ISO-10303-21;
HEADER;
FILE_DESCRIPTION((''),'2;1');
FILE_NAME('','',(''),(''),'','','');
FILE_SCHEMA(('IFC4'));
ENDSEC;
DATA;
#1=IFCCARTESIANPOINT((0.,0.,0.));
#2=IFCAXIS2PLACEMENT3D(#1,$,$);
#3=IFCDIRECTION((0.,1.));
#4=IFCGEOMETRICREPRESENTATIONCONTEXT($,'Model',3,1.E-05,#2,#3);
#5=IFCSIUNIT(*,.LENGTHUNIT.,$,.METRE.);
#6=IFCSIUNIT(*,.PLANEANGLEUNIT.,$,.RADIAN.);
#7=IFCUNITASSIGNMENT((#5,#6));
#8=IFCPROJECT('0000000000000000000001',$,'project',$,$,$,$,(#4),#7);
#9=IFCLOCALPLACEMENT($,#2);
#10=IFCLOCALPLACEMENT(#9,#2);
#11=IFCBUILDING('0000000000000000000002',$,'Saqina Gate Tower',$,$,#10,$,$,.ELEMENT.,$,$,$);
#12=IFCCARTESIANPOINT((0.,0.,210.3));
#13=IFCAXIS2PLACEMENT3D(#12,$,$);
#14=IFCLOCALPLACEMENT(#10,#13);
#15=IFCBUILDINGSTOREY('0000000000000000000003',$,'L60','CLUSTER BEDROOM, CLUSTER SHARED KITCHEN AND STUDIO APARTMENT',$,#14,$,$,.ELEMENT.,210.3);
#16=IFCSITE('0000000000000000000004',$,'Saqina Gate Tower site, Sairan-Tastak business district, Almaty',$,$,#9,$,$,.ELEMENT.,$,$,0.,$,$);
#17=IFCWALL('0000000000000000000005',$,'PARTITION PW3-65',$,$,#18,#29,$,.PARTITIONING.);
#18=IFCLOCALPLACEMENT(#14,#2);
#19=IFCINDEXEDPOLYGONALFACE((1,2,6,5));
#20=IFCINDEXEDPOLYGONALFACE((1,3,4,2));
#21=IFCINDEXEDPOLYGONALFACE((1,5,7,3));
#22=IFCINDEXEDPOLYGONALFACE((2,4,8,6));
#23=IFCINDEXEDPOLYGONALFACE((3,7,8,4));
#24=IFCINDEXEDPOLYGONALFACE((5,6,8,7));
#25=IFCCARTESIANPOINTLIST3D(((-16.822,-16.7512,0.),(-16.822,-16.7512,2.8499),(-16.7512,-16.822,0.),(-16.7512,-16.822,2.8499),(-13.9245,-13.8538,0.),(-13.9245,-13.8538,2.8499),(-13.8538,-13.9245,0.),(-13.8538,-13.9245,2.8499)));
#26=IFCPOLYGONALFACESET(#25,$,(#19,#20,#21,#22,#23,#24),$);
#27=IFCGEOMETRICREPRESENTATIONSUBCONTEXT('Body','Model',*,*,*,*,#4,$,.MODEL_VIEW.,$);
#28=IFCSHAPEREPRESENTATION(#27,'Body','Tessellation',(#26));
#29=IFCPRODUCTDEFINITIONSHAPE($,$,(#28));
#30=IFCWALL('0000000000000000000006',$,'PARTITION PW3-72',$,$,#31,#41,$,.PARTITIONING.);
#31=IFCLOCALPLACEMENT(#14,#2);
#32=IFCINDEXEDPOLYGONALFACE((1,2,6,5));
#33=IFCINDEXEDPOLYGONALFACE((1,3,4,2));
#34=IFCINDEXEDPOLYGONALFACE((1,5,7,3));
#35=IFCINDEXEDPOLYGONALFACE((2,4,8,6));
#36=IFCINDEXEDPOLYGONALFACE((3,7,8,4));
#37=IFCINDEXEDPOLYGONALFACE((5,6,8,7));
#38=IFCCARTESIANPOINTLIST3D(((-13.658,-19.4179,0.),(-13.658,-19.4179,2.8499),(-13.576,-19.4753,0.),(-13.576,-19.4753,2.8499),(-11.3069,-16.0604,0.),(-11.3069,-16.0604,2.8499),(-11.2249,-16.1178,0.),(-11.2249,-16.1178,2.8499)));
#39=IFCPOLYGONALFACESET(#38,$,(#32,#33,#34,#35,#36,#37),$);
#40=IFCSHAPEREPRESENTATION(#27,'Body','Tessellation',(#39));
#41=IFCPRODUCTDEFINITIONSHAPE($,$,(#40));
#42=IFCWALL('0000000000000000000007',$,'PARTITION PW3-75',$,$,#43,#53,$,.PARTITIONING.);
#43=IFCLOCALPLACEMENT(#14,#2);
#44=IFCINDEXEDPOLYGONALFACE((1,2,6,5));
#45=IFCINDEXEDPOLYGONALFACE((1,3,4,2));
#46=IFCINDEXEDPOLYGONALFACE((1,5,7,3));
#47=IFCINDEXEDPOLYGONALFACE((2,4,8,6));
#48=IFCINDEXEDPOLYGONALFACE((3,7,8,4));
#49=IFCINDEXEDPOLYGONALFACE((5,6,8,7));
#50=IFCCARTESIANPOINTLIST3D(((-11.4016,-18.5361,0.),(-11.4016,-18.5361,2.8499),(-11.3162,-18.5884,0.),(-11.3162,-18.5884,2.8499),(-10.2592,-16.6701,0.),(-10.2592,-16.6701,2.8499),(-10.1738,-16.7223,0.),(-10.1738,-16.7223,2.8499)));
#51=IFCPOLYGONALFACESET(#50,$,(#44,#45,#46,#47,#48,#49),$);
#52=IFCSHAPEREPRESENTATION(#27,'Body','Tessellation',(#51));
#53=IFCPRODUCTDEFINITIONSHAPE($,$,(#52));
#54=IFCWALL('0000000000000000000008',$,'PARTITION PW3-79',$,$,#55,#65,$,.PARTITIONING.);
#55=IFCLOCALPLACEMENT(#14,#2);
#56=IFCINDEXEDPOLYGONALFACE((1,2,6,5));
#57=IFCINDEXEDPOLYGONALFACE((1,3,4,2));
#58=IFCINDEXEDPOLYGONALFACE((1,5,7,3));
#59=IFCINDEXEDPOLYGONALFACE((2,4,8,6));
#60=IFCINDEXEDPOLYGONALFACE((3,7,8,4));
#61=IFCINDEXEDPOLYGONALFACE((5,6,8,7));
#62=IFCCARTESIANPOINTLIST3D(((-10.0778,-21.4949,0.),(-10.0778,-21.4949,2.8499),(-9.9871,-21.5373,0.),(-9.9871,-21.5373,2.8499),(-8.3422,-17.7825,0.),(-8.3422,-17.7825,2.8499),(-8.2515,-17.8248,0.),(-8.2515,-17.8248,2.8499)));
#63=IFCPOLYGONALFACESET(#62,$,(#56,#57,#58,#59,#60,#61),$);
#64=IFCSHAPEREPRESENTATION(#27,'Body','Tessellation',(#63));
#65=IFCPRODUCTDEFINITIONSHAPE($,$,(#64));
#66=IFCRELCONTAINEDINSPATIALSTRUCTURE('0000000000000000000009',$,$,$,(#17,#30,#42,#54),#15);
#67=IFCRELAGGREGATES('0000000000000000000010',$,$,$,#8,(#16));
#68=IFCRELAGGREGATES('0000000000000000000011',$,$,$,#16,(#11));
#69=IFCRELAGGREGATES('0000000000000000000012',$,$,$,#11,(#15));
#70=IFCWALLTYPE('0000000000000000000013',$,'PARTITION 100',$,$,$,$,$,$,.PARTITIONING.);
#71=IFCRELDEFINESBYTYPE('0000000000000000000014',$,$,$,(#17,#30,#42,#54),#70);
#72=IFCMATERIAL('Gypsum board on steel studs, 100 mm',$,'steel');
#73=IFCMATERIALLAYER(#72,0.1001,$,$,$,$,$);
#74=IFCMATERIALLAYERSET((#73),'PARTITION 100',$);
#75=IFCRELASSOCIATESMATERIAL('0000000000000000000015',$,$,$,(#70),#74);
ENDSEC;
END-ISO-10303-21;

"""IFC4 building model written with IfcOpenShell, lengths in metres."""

from ifc_helpers import new_model, si_unit, direction, frame, frame_2d, origin, place, context, subcontext, project, spatial, rectangle, extrude, material, layer, layer_set, type_object, element, save


model = new_model("IFC4")

# Units and contexts
model_context = context("Model", 3, precision=1e-05, world=origin(), true_north=direction((0.0, 1.0)))
body_context = subcontext(model_context, "Body", "Model", "MODEL_VIEW")
ifc_project = project(units=[si_unit("LENGTHUNIT", "METRE"), si_unit("PLANEANGLEUNIT", "RADIAN")], contexts=[model_context])

# Site, building, storey
site_placement = place(None, origin())
site = spatial("IfcSite", under=ifc_project, at=site_placement, Name="Saqina Gate Tower site, Sairan-Tastak business district, Almaty", CompositionType="ELEMENT", RefElevation=0.0)
building_placement = place(site_placement, origin())
building = spatial("IfcBuilding", under=site, at=building_placement, Name="Saqina Gate Tower", CompositionType="ELEMENT")
storey_placement = place(building_placement, frame((0.0, 0.0, 210.3)))
storey = spatial("IfcBuildingStorey", under=building, at=storey_placement, Name="L60", Description="CLUSTER BEDROOM, CLUSTER SHARED KITCHEN AND STUDIO APARTMENT", CompositionType="ELEMENT", Elevation=210.3)

# Shared definitions
ifc_material_1 = material(Name="Gypsum board on steel studs, 100 mm", Category="steel")
ifc_layer_1 = layer(ifc_material_1, 0.1001)
ifc_layer_set_1 = layer_set([ifc_layer_1], Name="PARTITION 100")
wall_type_1 = type_object("IfcWallType", Name="PARTITION 100", PredefinedType="PARTITIONING", material=ifc_layer_set_1)

# Walls
wall_1_placement = place(storey_placement, frame((-16.7866, -16.7866, 0.0), z_axis=(0.0, 0.0, 1.0), x_axis=(0.707107, 0.707107, 0.0)))
element("IfcWall", 1, at=wall_1_placement, inside=storey, type_object=wall_type_1, Name="PARTITION PW3-65", PredefinedType="PARTITIONING", context=body_context, shape_type="SweptSolid", body=[
    extrude(rectangle(XDim=4.0977, YDim=0.1001, at=frame_2d((2.0488, 0.0))), origin(), (0.0, 0.0, 1.0), 2.8499),
])
wall_2_placement = place(storey_placement, frame((-13.6169, -19.4465, 0.0), z_axis=(0.0, 0.0, 1.0), x_axis=(0.573606, 0.819131, 0.0)))
element("IfcWall", 2, at=wall_2_placement, inside=storey, type_object=wall_type_1, Name="PARTITION PW3-72", PredefinedType="PARTITIONING", context=body_context, shape_type="SweptSolid", body=[
    extrude(rectangle(XDim=4.0989, YDim=0.1001, at=frame_2d((2.0493, 0.0))), origin(), (0.0, 0.0, 1.0), 2.8499),
])
wall_3_placement = place(storey_placement, frame((-11.3589, -18.5623, 0.0), z_axis=(0.0, 0.0, 1.0), x_axis=(0.522122, 0.852871, 0.0)))
element("IfcWall", 3, at=wall_3_placement, inside=storey, type_object=wall_type_1, Name="PARTITION PW3-75", PredefinedType="PARTITIONING", context=body_context, shape_type="SweptSolid", body=[
    extrude(rectangle(XDim=2.188, YDim=0.1001, at=frame_2d((1.094, 0.0))), origin(), (0.0, 0.0, 1.0), 2.8499),
])
wall_4_placement = place(storey_placement, frame((-10.0325, -21.5161, 0.0), z_axis=(0.0, 0.0, 1.0), x_axis=(0.423515, 0.905889, 0.0)))
element("IfcWall", 4, at=wall_4_placement, inside=storey, type_object=wall_type_1, Name="PARTITION PW3-79", PredefinedType="PARTITIONING", context=body_context, shape_type="SweptSolid", body=[
    extrude(rectangle(XDim=4.0981, YDim=0.1001, at=frame_2d((2.0491, 0.0))), origin(), (0.0, 0.0, 1.0), 2.8499),
])

save(model, "model.ifc")
